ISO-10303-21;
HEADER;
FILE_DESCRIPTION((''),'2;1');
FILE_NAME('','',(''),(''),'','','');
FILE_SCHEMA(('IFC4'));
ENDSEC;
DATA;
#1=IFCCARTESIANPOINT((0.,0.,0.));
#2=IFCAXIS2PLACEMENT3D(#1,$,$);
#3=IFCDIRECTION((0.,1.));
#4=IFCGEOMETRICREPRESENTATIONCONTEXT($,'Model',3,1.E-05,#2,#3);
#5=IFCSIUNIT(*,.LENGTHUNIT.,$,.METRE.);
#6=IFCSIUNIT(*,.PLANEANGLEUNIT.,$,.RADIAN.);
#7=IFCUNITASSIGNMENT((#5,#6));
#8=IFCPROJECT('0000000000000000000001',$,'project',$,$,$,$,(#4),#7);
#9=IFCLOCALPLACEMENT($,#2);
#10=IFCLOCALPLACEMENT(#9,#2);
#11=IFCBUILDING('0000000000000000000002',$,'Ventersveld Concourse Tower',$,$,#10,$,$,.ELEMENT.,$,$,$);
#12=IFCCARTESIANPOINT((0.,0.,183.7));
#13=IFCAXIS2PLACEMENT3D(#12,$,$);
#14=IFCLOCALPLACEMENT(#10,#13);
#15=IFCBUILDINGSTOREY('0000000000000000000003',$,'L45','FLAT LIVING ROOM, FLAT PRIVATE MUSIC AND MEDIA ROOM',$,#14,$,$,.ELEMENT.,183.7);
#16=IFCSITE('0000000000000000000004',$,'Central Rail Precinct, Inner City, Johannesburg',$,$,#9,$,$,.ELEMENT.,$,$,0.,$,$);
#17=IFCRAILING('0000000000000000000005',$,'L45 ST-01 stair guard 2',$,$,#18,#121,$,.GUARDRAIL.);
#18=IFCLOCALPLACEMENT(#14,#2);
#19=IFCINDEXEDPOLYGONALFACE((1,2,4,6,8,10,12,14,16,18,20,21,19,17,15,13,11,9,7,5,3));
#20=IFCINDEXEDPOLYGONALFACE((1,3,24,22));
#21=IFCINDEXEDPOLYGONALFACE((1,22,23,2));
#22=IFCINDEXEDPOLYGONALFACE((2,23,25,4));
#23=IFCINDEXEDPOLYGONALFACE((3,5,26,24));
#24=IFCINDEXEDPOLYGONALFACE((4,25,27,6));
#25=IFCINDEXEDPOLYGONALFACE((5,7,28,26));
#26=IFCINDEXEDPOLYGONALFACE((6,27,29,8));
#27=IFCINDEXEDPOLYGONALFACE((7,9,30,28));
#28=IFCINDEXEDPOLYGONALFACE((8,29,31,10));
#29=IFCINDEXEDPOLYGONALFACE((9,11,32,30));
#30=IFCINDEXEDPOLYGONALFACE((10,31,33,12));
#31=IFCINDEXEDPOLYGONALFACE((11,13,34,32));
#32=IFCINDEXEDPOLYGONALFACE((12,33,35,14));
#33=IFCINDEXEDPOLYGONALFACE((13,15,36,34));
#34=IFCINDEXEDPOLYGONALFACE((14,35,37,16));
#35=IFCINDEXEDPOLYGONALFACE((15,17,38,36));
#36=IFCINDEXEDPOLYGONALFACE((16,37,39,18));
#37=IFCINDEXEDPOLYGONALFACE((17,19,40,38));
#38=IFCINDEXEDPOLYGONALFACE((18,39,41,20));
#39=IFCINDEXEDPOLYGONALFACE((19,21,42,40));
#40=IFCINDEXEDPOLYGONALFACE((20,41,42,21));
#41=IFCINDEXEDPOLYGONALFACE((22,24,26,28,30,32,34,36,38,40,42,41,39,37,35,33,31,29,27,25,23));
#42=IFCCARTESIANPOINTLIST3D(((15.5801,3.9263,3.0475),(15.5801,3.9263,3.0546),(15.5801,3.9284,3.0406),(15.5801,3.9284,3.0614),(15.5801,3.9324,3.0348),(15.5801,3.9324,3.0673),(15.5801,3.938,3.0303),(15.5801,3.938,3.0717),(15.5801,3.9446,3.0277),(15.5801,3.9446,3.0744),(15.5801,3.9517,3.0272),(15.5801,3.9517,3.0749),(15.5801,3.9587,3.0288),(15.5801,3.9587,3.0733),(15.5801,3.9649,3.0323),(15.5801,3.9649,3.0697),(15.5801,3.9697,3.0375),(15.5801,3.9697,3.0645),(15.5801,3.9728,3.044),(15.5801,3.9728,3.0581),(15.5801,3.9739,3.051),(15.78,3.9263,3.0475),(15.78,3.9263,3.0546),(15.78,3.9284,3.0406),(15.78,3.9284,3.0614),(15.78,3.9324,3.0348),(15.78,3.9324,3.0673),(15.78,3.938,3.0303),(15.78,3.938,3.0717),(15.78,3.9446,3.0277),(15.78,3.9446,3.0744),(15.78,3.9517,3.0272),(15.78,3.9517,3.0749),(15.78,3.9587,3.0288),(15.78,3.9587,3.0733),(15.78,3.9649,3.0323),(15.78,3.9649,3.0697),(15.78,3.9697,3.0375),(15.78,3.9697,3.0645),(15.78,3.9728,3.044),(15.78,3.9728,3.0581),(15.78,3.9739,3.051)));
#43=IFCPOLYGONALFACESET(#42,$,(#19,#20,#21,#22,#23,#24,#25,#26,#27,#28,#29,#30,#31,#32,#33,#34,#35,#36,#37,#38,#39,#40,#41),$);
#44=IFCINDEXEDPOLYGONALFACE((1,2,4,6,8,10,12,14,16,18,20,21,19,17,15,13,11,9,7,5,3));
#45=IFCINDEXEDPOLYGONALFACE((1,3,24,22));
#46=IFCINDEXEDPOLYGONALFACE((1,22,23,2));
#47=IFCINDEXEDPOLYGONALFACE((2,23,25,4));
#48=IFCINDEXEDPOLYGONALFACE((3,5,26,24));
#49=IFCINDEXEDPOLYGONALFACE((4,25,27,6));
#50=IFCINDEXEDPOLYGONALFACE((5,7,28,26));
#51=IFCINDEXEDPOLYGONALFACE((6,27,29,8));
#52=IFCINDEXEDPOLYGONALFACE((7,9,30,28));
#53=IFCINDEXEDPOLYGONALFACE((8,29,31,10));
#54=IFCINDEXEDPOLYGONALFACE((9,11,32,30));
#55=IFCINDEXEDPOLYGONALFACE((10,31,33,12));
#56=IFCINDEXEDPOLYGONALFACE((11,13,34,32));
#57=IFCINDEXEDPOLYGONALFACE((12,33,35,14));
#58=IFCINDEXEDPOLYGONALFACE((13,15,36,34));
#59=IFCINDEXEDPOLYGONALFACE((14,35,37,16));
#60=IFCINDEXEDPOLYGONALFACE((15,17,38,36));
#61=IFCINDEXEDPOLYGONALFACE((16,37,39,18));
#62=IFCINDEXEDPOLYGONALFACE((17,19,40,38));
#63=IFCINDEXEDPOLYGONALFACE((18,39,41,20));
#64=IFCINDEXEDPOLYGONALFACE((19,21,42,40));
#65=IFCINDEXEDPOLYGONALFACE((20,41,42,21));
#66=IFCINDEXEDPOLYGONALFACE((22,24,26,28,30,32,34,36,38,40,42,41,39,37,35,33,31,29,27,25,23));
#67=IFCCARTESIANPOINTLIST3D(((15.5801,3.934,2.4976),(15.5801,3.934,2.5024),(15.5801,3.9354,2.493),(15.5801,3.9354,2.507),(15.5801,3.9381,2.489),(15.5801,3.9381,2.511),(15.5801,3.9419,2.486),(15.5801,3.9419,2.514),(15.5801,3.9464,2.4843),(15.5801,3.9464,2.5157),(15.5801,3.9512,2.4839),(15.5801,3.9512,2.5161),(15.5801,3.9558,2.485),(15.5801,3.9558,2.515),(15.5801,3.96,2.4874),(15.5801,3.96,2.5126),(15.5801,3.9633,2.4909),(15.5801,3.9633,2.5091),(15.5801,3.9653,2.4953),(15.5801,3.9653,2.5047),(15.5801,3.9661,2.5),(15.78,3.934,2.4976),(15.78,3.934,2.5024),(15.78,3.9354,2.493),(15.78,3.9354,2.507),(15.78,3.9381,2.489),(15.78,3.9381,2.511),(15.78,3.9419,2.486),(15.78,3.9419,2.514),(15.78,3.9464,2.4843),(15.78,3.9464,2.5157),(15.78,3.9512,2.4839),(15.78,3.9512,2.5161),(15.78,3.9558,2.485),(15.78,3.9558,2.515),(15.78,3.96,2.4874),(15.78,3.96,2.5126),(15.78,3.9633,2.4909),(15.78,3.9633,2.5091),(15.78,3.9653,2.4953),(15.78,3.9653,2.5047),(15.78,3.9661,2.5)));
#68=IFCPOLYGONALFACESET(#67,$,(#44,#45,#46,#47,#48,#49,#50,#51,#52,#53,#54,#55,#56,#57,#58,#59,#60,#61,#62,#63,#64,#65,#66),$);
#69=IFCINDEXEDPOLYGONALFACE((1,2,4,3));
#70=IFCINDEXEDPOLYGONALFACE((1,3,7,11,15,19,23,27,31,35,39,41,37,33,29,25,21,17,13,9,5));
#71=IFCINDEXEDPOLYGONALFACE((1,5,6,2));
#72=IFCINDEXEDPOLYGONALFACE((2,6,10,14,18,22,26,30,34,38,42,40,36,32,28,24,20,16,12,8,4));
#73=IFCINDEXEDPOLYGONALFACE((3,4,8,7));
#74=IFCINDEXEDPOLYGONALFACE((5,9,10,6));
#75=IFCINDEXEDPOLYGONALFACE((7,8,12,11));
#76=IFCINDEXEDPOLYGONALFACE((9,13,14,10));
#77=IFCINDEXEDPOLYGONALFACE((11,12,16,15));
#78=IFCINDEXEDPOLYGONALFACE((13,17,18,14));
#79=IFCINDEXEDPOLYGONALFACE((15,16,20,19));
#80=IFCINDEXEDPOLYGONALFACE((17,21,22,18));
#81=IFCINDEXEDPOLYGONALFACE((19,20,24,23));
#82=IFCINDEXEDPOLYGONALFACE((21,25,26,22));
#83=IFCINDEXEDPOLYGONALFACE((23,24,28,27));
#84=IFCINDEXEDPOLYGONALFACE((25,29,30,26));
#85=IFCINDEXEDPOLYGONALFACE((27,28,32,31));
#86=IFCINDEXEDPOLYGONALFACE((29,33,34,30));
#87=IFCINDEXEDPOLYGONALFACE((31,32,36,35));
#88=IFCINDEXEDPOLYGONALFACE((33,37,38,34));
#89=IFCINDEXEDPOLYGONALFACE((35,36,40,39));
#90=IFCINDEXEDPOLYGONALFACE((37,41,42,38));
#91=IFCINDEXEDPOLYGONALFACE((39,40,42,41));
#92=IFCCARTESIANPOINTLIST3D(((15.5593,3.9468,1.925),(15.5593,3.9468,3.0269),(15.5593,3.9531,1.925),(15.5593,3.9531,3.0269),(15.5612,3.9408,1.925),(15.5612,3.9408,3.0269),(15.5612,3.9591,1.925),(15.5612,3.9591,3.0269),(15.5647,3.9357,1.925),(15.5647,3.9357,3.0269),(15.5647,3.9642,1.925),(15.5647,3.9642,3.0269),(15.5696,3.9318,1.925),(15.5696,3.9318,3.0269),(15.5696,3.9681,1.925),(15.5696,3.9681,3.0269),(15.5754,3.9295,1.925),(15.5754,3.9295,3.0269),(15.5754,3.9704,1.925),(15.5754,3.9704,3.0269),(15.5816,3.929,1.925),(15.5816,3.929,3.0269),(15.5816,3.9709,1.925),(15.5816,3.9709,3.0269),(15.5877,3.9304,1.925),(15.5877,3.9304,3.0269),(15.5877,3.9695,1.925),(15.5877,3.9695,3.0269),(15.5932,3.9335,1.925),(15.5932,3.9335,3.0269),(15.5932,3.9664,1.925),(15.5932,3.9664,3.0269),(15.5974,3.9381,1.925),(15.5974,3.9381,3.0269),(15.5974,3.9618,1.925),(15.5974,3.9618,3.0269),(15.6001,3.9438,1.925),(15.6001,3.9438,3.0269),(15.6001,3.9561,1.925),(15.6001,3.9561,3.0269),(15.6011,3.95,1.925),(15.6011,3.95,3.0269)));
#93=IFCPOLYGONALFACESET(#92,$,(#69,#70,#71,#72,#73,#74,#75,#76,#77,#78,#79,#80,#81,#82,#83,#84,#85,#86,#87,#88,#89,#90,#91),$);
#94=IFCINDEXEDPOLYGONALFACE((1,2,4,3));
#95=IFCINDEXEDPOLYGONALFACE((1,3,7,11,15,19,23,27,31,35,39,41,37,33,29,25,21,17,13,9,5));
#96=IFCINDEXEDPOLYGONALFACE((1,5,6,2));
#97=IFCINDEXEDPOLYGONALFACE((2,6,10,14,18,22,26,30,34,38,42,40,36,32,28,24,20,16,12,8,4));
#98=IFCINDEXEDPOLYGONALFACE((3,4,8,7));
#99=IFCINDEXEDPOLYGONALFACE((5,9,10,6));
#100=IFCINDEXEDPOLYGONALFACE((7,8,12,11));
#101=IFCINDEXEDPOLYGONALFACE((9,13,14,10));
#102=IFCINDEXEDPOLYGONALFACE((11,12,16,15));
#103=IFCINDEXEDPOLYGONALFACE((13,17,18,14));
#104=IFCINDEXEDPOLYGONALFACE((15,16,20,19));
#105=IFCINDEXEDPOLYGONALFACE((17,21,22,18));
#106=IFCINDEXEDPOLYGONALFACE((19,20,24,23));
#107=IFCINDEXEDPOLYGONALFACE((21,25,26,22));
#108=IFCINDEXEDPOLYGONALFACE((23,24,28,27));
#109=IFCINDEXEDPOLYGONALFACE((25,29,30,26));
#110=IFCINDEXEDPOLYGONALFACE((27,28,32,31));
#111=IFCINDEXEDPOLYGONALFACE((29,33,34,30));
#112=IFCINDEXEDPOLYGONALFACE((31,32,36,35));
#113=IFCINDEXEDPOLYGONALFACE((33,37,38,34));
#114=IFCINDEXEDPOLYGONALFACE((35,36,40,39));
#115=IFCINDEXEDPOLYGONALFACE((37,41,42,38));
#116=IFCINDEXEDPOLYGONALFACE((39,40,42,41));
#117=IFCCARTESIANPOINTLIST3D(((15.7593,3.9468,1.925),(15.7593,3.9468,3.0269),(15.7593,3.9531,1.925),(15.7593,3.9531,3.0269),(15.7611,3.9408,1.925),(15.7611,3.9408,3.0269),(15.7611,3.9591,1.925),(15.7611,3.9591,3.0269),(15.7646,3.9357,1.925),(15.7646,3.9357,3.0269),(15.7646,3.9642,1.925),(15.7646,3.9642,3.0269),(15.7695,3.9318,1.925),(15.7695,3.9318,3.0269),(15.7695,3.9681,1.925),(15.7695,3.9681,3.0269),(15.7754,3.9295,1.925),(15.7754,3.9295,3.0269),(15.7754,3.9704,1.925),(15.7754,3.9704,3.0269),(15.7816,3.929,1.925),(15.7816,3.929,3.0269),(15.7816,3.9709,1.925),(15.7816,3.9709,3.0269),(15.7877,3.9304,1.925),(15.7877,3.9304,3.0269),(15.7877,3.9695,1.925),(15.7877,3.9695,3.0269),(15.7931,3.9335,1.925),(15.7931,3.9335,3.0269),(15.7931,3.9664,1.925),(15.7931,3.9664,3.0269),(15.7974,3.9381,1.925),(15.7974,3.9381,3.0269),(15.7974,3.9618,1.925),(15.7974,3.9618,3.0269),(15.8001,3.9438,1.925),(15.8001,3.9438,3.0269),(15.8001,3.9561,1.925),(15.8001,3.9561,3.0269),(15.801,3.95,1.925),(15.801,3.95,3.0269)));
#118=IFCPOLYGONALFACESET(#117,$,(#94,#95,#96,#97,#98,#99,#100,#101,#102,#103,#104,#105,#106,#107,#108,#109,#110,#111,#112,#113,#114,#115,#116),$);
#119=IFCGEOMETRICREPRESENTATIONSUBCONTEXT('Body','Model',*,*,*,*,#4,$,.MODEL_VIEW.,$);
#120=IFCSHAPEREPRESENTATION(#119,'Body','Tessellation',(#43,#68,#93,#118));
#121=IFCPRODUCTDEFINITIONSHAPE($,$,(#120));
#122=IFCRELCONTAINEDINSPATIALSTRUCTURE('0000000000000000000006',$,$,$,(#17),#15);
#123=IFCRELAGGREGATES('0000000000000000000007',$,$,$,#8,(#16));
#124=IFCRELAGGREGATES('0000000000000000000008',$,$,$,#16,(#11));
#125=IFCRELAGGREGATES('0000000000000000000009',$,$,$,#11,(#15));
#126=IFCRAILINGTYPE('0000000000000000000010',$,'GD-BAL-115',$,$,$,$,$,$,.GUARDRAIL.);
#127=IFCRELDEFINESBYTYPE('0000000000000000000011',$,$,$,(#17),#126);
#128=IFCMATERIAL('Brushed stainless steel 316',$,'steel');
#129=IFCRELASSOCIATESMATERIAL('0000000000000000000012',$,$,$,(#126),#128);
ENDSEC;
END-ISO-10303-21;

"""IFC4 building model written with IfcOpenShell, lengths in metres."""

from ifc_helpers import new_model, si_unit, direction, frame, origin, origin_2d, place, context, subcontext, project, spatial, circle, extrude, material, type_object, element, save


model = new_model("IFC4")

# Units and contexts
model_context = context("Model", 3, precision=1e-05, world=origin(), true_north=direction((0.0, 1.0)))
body_context = subcontext(model_context, "Body", "Model", "MODEL_VIEW")
ifc_project = project(units=[si_unit("LENGTHUNIT", "METRE"), si_unit("PLANEANGLEUNIT", "RADIAN")], contexts=[model_context])

# Site, building, storey
site_placement = place(None, origin())
site = spatial("IfcSite", under=ifc_project, at=site_placement, Name="Central Rail Precinct, Inner City, Johannesburg", CompositionType="ELEMENT", RefElevation=0.0)
building_placement = place(site_placement, origin())
building = spatial("IfcBuilding", under=site, at=building_placement, Name="Ventersveld Concourse Tower", CompositionType="ELEMENT")
storey_placement = place(building_placement, frame((0.0, 0.0, 183.7)))
storey = spatial("IfcBuildingStorey", under=building, at=storey_placement, Name="L45", Description="FLAT LIVING ROOM, FLAT PRIVATE MUSIC AND MEDIA ROOM", CompositionType="ELEMENT", Elevation=183.7)

# Railing
ifc_material_1 = material(Name="Brushed stainless steel 316", Category="steel")
railing_type_1 = type_object("IfcRailingType", Name="GD-BAL-115", PredefinedType="GUARDRAIL", material=ifc_material_1)
railing_1_placement = place(storey_placement, frame((15.5801, 3.95, 1.925)))
element("IfcRailing", 1, at=railing_1_placement, inside=storey, type_object=railing_type_1, Name="L45 ST-01 stair guard 2", PredefinedType="GUARDRAIL", context=body_context, shape_type="SweptSolid", body=[
    extrude(circle(Radius=0.0239, at=origin_2d()), frame((0.0, 0.0, 1.126), z_axis=(1.0, 0.0, 0.0), x_axis=(0.0, 1.0, 0.0)), (0.0, 0.0, 1.0), 0.2),
    extrude(circle(Radius=0.0161, at=origin_2d()), frame((0.0, 0.0, 0.575), z_axis=(1.0, 0.0, 0.0), x_axis=(0.0, 1.0, 0.0)), (0.0, 0.0, 1.0), 0.2),
    extrude(circle(Radius=0.021, at=origin_2d()), origin(), (0.0, 0.0, 1.0), 1.1018),
    extrude(circle(Radius=0.021, at=origin_2d()), frame((0.2, 0.0, 0.0)), (0.0, 0.0, 1.0), 1.1018),
])

save(model, "model.ifc")
